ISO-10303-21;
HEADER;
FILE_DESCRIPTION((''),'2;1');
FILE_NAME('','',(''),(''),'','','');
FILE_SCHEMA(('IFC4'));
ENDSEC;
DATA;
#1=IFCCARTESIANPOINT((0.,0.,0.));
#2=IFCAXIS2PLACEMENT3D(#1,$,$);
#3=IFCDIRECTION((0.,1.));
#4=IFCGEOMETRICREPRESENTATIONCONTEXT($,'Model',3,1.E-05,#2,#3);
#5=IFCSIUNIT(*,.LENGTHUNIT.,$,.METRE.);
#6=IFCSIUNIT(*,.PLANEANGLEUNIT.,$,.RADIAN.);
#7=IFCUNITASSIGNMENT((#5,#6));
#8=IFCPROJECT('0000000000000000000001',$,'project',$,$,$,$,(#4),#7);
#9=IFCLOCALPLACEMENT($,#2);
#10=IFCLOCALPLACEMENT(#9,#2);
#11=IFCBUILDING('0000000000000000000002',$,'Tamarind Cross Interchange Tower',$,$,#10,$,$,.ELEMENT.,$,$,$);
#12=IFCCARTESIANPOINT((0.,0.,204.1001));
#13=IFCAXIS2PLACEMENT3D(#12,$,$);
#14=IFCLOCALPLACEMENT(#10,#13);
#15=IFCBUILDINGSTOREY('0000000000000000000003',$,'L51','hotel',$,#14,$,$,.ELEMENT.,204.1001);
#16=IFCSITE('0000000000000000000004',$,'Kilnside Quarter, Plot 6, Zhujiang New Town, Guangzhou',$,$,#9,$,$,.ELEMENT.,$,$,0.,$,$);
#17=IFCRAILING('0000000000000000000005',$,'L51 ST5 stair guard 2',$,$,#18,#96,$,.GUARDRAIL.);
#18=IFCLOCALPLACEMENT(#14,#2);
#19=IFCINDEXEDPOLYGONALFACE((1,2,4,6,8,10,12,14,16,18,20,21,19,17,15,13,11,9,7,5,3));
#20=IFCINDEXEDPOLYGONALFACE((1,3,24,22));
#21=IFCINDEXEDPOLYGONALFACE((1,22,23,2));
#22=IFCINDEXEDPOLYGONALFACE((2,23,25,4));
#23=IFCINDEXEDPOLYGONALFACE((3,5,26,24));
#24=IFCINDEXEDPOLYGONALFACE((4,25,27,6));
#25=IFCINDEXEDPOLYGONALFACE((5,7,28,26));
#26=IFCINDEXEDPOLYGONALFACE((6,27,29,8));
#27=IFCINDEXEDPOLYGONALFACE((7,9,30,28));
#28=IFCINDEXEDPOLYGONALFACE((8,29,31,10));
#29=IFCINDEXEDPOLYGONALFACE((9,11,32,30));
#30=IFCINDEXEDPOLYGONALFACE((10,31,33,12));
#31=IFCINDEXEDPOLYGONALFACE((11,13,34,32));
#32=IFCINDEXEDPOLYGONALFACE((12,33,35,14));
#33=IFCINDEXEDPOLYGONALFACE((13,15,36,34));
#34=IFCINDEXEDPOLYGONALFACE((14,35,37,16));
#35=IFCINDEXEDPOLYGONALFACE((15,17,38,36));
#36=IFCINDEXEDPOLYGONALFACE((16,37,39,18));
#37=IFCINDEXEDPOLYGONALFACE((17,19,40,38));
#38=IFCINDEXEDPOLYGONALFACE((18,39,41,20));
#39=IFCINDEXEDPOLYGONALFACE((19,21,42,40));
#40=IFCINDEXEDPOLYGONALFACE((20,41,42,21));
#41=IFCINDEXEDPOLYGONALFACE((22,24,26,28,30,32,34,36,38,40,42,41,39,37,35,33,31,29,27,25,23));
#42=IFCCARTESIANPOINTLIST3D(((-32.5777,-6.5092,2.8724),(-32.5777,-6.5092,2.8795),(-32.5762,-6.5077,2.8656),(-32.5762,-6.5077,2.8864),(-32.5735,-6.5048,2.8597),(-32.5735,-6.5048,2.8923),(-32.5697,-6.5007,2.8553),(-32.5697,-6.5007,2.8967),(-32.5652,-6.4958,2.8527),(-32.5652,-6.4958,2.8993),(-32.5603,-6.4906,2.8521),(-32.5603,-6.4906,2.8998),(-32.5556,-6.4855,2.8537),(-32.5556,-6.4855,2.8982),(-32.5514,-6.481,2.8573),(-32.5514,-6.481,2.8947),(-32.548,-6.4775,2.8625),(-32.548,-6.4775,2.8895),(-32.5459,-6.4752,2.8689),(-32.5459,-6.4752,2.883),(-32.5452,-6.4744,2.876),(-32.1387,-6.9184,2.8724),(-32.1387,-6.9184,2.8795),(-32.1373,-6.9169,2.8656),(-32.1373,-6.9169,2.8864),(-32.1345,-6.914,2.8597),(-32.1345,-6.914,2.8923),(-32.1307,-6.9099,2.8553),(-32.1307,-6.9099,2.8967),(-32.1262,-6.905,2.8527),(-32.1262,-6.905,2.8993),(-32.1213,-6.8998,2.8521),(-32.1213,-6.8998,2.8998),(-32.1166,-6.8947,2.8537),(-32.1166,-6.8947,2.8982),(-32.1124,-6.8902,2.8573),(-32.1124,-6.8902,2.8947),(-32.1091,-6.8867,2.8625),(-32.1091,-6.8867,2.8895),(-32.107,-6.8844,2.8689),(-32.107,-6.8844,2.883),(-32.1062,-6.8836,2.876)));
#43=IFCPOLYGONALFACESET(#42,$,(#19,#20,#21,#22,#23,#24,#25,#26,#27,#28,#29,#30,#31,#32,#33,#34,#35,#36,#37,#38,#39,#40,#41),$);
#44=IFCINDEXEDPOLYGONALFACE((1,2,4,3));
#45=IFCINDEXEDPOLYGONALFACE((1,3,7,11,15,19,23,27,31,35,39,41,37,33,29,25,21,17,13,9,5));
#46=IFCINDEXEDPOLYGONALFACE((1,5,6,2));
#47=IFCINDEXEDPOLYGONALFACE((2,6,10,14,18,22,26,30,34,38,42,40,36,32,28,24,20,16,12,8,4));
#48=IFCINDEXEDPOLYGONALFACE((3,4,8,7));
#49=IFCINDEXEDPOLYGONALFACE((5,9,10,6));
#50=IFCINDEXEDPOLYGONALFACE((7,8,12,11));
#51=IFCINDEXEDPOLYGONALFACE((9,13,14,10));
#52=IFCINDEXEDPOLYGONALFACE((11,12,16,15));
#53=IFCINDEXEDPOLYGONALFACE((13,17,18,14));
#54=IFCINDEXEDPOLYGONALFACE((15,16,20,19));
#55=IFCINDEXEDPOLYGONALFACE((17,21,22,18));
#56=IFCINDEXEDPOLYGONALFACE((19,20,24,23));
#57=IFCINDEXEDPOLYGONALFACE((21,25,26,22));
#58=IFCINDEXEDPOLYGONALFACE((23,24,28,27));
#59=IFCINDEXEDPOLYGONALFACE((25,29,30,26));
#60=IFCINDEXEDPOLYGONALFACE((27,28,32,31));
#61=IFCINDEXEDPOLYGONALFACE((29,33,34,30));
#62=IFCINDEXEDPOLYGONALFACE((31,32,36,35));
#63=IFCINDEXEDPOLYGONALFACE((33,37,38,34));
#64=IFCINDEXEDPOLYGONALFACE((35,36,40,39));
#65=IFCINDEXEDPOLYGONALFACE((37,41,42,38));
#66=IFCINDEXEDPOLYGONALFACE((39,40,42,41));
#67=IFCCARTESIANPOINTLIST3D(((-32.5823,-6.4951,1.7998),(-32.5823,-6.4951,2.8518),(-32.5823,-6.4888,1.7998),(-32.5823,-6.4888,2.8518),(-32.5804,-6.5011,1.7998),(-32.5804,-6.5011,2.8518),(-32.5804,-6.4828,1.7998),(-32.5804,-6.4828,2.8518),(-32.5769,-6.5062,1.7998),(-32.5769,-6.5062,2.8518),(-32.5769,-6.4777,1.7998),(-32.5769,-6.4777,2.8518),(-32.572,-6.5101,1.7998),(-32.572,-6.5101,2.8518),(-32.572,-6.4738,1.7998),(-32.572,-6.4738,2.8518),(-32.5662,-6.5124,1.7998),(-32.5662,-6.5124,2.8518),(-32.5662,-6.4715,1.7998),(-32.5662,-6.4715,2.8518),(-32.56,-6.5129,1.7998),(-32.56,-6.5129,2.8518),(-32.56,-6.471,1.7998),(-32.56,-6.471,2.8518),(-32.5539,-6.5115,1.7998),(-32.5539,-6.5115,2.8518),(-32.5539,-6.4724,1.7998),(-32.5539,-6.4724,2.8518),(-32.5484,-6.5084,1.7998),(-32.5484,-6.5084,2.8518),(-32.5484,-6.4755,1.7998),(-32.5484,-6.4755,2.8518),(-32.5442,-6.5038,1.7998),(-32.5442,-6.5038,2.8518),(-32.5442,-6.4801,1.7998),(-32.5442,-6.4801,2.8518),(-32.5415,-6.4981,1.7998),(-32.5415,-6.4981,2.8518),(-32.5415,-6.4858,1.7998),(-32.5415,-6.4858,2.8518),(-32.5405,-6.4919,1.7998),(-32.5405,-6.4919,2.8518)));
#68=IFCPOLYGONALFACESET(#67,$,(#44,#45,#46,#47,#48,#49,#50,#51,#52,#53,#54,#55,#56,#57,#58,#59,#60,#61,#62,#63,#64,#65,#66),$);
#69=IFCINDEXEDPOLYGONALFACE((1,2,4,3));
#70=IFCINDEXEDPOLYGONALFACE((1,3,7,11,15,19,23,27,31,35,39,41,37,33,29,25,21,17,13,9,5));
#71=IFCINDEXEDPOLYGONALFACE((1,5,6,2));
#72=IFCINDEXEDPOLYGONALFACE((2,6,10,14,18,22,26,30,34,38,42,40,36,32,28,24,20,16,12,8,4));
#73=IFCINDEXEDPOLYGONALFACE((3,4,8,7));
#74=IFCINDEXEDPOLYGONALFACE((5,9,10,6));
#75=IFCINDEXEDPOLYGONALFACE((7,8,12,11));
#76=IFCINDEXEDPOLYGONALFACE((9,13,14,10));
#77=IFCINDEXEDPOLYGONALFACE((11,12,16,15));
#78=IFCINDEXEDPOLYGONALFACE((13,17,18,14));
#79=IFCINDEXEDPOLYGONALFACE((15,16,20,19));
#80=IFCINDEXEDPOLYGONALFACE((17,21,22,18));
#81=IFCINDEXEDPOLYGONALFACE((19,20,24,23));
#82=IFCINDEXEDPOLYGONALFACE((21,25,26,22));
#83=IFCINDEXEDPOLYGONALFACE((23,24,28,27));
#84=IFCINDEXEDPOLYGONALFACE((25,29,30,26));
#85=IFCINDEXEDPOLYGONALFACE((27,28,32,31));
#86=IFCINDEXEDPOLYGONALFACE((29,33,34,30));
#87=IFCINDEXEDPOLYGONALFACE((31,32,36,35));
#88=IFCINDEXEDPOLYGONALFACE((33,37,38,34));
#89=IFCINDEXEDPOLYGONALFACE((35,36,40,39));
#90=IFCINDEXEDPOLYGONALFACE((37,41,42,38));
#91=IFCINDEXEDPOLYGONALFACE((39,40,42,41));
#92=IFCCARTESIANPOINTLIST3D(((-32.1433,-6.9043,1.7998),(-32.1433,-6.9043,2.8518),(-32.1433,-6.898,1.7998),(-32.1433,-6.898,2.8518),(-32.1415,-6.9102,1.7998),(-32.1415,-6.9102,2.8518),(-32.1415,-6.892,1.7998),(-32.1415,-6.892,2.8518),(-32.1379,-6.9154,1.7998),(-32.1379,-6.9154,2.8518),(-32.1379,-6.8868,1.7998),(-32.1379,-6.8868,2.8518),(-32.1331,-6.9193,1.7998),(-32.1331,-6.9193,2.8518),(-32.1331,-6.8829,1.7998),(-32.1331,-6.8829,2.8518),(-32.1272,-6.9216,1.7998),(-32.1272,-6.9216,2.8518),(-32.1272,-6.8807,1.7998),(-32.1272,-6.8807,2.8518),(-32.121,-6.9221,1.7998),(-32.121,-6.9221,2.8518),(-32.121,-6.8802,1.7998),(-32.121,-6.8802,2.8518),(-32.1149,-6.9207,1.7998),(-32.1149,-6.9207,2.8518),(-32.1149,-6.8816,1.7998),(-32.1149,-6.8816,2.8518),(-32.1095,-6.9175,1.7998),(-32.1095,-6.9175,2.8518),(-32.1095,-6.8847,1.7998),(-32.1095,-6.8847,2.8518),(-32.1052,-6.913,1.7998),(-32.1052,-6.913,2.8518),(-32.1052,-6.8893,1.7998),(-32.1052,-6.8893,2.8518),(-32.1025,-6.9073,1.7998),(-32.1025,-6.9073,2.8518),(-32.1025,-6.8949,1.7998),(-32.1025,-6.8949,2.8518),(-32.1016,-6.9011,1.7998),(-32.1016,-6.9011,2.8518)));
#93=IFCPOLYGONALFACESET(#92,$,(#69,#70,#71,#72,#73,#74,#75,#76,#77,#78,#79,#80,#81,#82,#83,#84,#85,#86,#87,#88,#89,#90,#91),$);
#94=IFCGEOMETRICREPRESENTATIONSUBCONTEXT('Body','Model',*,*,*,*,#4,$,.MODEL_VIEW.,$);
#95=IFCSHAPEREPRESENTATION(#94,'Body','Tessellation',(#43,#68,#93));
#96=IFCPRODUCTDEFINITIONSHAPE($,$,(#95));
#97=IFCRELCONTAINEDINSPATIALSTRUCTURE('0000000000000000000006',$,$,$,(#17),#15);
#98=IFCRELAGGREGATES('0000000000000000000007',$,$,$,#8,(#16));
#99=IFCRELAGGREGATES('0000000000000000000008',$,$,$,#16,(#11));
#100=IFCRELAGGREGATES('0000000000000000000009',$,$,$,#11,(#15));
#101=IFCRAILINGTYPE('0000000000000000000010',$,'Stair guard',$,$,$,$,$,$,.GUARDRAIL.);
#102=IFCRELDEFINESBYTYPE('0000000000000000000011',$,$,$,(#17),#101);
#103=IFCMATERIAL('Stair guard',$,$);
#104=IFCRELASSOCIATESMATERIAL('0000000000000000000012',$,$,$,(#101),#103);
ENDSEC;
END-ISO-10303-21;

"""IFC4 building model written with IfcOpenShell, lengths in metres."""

from ifc_helpers import new_model, si_unit, direction, frame, origin, origin_2d, place, context, subcontext, project, spatial, circle, extrude, material, type_object, element, save


model = new_model("IFC4")

# Units and contexts
model_context = context("Model", 3, precision=1e-05, world=origin(), true_north=direction((0.0, 1.0)))
body_context = subcontext(model_context, "Body", "Model", "MODEL_VIEW")
ifc_project = project(units=[si_unit("LENGTHUNIT", "METRE"), si_unit("PLANEANGLEUNIT", "RADIAN")], contexts=[model_context])

# Site, building, storey
site_placement = place(None, origin())
site = spatial("IfcSite", under=ifc_project, at=site_placement, Name="Kilnside Quarter, Plot 6, Zhujiang New Town, Guangzhou", CompositionType="ELEMENT", RefElevation=0.0)
building_placement = place(site_placement, origin())
building = spatial("IfcBuilding", under=site, at=building_placement, Name="Tamarind Cross Interchange Tower", CompositionType="ELEMENT")
storey_placement = place(building_placement, frame((0.0, 0.0, 204.1001)))
storey = spatial("IfcBuildingStorey", under=building, at=storey_placement, Name="L51", Description="hotel", CompositionType="ELEMENT", Elevation=204.1001)

# Railing
ifc_material_1 = material(Name="Stair guard")
railing_type_1 = type_object("IfcRailingType", Name="Stair guard", PredefinedType="GUARDRAIL", material=ifc_material_1)
railing_1_placement = place(storey_placement, frame((-32.5615, -6.4919, 1.7998)))
element("IfcRailing", 1, at=railing_1_placement, inside=storey, type_object=railing_type_1, Name="L51 ST5 stair guard 2", PredefinedType="GUARDRAIL", context=body_context, shape_type="SweptSolid", body=[
    extrude(circle(Radius=0.0239, at=origin_2d()), frame((0.0, 0.0, 1.0762), z_axis=(0.731488, -0.681854, 0.0), x_axis=(0.681854, 0.731488, 0.0)), (0.0, 0.0, 1.0), 0.6001),
    extrude(circle(Radius=0.021, at=origin_2d()), origin(), (0.0, 0.0, 1.0), 1.052),
    extrude(circle(Radius=0.021, at=origin_2d()), frame((0.439, -0.4092, 0.0)), (0.0, 0.0, 1.0), 1.052),
])

save(model, "model.ifc")
